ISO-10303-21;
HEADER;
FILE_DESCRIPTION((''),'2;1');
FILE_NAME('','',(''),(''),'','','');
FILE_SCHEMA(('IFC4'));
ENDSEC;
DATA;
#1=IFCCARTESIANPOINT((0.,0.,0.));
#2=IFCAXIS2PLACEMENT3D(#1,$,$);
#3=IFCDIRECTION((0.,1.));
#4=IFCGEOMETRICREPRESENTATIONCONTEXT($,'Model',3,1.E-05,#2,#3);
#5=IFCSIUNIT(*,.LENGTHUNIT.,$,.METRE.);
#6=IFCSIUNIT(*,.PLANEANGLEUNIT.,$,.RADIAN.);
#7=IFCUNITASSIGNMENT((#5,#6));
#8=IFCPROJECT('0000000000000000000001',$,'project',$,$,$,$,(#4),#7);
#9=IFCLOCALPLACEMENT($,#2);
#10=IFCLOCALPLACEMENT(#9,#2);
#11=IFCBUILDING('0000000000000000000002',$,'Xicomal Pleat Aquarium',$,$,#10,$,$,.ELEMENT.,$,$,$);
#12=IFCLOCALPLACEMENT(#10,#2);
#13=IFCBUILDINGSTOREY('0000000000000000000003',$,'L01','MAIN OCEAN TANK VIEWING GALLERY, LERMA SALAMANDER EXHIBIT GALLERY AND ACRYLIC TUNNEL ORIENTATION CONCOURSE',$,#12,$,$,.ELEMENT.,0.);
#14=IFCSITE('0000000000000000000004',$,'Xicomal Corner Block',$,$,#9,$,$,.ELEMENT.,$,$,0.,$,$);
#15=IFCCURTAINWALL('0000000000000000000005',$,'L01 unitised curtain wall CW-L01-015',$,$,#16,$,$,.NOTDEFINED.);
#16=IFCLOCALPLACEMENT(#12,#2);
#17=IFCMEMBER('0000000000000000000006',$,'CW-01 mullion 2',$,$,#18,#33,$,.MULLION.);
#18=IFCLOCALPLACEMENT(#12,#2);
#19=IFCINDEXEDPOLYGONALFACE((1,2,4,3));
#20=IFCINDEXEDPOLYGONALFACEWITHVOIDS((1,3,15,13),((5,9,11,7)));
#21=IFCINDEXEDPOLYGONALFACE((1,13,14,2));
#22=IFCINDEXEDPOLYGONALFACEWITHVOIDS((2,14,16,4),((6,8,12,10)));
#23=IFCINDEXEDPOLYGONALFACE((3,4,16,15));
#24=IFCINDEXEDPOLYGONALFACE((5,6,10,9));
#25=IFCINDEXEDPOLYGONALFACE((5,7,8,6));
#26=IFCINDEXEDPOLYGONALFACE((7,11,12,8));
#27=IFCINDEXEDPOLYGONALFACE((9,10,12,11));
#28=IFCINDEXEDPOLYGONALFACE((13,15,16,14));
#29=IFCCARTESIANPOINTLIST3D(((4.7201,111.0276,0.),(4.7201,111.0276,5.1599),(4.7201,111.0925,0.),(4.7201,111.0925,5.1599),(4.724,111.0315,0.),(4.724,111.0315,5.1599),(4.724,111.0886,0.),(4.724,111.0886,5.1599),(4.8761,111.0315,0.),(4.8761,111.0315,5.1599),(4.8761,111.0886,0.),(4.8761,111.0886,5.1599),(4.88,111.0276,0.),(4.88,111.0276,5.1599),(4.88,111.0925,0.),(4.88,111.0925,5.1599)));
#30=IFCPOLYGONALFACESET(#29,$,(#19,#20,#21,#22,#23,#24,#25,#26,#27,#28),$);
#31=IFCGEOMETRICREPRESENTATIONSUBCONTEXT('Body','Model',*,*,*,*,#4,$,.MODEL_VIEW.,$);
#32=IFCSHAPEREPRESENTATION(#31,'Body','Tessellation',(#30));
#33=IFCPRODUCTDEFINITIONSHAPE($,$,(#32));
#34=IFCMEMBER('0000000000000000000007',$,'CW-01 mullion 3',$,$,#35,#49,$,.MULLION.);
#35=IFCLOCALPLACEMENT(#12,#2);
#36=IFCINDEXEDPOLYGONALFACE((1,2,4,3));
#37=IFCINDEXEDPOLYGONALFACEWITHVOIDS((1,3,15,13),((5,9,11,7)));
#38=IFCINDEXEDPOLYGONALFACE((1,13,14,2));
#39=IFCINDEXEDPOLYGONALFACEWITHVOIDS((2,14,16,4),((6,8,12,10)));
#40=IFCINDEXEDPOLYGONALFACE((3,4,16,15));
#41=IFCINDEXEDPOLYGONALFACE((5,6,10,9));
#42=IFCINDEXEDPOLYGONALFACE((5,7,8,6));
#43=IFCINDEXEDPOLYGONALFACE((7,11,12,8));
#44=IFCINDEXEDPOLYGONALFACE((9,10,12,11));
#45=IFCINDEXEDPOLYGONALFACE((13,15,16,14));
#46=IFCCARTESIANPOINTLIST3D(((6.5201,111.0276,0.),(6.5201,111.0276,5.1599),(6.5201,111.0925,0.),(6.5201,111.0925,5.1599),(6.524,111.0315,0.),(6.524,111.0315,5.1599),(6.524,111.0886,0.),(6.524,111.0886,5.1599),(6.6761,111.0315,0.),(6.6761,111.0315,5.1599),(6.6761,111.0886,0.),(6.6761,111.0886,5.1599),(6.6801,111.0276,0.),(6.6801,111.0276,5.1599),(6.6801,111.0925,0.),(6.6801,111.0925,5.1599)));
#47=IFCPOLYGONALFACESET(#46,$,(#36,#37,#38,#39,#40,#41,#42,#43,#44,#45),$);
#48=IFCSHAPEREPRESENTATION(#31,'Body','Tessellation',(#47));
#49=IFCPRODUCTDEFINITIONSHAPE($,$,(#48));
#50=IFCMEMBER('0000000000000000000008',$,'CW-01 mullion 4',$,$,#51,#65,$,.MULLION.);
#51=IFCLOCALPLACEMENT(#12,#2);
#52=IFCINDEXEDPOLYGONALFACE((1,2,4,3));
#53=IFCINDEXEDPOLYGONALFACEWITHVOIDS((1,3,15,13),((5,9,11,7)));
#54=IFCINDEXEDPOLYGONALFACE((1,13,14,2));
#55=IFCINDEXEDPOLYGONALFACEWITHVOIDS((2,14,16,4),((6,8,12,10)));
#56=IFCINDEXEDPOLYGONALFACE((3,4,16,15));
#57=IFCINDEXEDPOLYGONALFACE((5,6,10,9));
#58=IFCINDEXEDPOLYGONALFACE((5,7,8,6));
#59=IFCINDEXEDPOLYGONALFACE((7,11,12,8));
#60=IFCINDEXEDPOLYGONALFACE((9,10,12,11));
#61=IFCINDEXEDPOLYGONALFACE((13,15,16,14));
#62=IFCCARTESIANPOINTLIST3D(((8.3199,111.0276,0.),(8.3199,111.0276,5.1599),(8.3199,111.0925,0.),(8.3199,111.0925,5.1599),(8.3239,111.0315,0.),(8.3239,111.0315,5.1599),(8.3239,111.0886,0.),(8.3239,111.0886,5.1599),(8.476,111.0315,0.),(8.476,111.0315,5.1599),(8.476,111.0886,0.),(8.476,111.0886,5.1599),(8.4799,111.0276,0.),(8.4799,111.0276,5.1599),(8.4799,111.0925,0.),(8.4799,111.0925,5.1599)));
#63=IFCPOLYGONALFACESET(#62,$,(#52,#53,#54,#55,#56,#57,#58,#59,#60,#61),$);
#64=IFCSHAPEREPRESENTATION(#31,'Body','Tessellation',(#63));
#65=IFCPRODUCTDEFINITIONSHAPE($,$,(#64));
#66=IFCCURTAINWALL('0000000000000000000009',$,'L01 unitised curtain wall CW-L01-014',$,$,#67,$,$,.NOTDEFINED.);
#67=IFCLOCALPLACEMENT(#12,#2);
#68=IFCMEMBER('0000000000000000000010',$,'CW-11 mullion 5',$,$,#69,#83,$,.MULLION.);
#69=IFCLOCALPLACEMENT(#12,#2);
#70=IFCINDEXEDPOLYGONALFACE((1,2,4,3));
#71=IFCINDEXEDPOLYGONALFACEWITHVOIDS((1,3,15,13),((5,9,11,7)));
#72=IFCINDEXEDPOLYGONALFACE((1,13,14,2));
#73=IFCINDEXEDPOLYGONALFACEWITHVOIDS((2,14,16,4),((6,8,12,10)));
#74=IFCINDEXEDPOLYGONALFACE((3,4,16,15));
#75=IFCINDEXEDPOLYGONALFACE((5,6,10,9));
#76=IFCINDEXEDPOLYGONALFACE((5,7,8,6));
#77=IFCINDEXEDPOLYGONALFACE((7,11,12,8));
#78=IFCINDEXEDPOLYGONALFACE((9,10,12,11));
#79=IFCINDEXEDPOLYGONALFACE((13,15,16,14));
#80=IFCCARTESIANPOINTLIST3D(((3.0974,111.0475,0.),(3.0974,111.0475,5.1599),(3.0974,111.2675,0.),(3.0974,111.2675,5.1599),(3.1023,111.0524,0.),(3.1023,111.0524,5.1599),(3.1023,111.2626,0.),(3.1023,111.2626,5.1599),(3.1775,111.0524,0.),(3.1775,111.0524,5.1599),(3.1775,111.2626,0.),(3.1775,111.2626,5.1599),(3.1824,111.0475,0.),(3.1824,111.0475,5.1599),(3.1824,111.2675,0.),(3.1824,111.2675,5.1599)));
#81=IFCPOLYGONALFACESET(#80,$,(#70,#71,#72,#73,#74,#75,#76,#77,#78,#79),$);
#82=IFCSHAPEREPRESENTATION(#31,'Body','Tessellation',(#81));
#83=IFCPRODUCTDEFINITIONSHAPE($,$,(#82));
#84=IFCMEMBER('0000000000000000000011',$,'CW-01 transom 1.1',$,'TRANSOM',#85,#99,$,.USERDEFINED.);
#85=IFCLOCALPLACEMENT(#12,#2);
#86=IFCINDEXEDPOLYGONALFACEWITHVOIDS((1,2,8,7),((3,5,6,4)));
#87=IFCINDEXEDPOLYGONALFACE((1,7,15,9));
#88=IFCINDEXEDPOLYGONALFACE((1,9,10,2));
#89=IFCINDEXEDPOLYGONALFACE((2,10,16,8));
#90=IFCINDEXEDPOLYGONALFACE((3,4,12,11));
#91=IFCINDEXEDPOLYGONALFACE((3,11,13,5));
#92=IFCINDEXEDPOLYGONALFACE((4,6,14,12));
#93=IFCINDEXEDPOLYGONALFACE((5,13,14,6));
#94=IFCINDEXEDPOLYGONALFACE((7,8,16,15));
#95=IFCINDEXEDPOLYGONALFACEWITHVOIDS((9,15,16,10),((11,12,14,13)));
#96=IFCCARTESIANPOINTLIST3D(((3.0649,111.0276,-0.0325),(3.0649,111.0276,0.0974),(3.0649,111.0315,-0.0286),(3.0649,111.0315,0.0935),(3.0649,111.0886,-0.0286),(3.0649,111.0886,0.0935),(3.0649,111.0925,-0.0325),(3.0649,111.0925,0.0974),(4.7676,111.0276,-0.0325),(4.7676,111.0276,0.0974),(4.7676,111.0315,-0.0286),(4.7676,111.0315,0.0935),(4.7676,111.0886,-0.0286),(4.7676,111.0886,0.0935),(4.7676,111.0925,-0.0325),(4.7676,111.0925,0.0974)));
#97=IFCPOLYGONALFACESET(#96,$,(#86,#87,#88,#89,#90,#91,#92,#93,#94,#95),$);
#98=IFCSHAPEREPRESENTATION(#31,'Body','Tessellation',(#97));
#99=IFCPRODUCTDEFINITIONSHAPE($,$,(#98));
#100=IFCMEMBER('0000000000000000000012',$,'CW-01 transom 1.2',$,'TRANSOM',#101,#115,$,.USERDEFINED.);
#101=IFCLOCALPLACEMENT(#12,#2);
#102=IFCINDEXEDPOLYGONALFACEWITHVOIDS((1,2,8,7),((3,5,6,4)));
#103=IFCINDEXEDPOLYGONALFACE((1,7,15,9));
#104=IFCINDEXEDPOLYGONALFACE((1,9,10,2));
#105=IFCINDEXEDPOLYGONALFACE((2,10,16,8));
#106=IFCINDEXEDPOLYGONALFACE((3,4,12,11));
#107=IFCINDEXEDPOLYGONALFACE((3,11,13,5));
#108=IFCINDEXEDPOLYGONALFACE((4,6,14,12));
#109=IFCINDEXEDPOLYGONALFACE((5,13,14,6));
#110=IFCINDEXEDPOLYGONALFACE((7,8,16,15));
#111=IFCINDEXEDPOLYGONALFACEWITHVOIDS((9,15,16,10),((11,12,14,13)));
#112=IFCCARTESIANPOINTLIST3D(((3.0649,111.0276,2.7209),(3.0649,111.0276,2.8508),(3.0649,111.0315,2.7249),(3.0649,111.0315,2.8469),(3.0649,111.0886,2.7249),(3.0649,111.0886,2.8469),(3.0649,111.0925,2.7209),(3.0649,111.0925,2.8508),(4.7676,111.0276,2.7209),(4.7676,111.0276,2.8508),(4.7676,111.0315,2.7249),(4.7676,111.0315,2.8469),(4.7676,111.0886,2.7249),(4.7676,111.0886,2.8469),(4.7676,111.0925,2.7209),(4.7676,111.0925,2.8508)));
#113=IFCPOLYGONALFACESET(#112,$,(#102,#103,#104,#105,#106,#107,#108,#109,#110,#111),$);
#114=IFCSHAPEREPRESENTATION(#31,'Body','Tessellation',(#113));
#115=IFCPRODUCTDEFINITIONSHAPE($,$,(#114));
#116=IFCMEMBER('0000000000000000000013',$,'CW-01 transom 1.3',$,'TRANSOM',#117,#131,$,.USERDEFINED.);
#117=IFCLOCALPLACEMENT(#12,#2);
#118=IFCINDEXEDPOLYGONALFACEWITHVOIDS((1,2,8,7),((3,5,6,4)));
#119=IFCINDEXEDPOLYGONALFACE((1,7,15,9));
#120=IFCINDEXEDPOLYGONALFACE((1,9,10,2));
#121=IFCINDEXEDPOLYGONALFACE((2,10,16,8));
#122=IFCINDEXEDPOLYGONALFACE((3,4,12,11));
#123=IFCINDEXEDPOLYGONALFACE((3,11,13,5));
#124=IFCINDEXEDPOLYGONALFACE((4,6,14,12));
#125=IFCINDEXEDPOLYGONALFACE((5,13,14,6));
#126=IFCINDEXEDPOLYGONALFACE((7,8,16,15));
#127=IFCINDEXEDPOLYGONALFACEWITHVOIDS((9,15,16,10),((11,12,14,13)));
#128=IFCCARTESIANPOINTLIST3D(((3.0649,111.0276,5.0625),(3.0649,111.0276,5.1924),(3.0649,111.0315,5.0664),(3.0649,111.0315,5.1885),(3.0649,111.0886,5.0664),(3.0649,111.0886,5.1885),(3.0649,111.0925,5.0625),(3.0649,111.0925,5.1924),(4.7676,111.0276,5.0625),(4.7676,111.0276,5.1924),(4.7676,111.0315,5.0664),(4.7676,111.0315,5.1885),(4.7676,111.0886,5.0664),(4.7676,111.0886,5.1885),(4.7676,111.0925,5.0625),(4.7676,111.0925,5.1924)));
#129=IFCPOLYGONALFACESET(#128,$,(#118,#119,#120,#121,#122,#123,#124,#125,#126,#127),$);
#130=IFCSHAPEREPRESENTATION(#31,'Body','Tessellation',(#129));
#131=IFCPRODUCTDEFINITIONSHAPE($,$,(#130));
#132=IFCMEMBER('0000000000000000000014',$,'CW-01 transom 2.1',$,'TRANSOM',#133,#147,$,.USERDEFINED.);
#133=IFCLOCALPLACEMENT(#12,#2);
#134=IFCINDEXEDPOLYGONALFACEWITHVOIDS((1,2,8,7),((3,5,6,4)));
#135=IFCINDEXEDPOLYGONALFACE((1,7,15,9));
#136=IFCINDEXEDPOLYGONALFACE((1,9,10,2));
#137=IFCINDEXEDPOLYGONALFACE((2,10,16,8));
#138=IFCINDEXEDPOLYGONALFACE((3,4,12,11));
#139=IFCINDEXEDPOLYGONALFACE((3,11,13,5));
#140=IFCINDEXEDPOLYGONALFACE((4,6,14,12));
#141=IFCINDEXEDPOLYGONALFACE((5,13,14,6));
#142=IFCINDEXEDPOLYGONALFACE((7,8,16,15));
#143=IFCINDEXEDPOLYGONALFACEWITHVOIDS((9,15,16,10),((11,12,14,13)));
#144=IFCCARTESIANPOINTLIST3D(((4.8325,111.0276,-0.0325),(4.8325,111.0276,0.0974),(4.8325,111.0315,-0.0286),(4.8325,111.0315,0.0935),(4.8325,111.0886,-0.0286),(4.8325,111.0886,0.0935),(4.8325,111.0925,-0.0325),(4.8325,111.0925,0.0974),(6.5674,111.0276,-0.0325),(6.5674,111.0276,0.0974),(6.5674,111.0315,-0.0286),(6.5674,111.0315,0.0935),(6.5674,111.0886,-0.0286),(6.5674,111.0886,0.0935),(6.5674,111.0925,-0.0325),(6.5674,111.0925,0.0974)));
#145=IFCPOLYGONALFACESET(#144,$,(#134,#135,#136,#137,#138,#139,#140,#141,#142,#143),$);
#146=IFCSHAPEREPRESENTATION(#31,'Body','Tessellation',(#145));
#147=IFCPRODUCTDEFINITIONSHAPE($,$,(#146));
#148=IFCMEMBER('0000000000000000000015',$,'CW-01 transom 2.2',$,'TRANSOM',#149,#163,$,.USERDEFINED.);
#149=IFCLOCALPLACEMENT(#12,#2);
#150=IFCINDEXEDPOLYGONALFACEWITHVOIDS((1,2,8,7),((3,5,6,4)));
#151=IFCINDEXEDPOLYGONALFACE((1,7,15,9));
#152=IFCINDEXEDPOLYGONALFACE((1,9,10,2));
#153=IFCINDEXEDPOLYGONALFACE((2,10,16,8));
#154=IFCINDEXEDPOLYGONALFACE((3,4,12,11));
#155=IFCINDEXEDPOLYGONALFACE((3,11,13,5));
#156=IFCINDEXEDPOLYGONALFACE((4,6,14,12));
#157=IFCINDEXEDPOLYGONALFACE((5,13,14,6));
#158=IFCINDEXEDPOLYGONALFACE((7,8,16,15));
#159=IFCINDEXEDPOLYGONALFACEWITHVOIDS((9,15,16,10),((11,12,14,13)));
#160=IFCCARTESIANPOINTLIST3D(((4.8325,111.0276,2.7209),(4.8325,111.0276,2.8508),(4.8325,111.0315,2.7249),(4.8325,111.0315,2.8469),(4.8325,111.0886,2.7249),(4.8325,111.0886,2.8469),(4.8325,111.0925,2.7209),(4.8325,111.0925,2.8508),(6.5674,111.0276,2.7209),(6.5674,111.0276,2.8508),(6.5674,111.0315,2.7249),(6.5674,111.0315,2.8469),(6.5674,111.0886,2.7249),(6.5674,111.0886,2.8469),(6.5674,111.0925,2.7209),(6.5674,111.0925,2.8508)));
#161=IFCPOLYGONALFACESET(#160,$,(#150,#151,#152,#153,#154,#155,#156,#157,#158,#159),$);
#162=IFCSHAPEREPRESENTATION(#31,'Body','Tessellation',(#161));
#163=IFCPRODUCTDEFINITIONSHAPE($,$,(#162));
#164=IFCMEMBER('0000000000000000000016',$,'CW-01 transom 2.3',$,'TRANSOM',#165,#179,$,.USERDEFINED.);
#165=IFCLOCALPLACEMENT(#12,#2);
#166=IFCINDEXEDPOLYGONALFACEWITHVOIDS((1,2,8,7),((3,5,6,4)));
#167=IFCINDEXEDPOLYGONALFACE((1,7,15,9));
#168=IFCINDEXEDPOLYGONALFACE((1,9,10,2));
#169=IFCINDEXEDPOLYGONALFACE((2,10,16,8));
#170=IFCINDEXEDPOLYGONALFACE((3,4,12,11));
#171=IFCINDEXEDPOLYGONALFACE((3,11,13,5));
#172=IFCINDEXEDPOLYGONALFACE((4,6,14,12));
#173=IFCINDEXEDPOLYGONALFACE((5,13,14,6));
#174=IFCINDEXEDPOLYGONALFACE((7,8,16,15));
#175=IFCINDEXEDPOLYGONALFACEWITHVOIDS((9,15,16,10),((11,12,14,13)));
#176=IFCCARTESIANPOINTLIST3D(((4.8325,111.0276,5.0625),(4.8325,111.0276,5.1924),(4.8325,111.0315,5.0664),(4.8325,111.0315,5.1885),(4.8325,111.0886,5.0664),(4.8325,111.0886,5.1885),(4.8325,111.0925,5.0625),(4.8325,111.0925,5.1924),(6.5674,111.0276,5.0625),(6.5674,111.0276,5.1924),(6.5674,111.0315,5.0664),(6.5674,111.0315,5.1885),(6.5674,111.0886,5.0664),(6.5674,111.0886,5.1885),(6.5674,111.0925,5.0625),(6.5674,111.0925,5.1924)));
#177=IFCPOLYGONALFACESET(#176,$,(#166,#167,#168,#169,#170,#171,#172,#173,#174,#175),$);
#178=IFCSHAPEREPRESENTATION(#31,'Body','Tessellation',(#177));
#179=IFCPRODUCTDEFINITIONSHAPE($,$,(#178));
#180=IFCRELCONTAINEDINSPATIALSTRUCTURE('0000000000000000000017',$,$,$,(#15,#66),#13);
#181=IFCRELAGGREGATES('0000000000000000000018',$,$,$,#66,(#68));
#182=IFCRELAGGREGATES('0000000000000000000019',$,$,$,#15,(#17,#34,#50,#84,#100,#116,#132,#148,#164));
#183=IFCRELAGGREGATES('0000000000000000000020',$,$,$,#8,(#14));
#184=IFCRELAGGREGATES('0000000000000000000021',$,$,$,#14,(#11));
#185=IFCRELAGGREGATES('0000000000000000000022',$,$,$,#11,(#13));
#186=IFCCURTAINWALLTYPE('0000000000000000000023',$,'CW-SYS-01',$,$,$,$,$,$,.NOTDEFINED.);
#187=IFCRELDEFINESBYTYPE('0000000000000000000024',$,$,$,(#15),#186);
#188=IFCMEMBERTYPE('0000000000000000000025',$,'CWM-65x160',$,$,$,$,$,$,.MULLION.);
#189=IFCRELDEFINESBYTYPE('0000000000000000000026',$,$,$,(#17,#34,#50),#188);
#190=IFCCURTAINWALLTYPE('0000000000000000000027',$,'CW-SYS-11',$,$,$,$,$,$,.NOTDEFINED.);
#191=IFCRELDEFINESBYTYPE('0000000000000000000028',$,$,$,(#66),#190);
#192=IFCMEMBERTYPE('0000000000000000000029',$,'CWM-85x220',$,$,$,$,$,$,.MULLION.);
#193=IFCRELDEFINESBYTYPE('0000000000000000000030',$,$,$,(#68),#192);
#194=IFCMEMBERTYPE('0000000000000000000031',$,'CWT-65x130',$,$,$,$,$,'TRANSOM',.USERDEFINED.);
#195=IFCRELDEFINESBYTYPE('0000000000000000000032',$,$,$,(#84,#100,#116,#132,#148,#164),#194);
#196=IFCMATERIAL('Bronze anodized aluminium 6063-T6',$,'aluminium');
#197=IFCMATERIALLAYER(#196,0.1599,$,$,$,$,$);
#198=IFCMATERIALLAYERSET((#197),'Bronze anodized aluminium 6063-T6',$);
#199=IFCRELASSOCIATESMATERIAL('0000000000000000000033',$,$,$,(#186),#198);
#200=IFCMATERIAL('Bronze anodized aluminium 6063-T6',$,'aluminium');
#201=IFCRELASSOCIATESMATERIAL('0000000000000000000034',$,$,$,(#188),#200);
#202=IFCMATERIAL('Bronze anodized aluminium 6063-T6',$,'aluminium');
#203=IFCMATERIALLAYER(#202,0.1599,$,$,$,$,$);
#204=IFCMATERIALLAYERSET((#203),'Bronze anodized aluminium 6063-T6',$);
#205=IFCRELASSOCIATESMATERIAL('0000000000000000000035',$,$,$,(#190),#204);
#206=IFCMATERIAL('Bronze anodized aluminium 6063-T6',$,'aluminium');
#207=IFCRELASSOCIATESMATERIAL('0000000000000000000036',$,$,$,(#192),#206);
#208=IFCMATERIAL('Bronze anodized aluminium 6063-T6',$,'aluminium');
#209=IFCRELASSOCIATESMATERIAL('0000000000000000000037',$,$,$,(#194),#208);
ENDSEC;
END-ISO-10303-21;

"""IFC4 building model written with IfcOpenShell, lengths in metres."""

from ifc_helpers import new_model, si_unit, direction, frame, origin, origin_2d, place, context, subcontext, project, spatial, hollow_rectangle, extrude, material, layer, layer_set, material_profile, profile_set, type_object, element, aggregate, save


model = new_model("IFC4")

# Units and contexts
model_context = context("Model", 3, precision=1e-05, world=origin(), true_north=direction((0.0, 1.0)))
body_context = subcontext(model_context, "Body", "Model", "MODEL_VIEW")
ifc_project = project(units=[si_unit("LENGTHUNIT", "METRE"), si_unit("PLANEANGLEUNIT", "RADIAN")], contexts=[model_context])

# Site, building, storey
site_placement = place(None, origin())
site = spatial("IfcSite", under=ifc_project, at=site_placement, Name="Xicomal Corner Block", CompositionType="ELEMENT", RefElevation=0.0)
building_placement = place(site_placement, origin())
building = spatial("IfcBuilding", under=site, at=building_placement, Name="Xicomal Pleat Aquarium", CompositionType="ELEMENT")
storey_placement = place(building_placement, origin())
storey = spatial("IfcBuildingStorey", under=building, at=storey_placement, Name="L01", Description="MAIN OCEAN TANK VIEWING GALLERY, LERMA SALAMANDER EXHIBIT GALLERY AND ACRYLIC TUNNEL ORIENTATION CONCOURSE", CompositionType="ELEMENT", Elevation=0.0)

# Curtain wall, members
ifc_material_1 = material(Name="Bronze anodized aluminium 6063-T6", Category="aluminium")
ifc_layer_1 = layer(ifc_material_1, 0.1599)
ifc_layer_set_1 = layer_set([ifc_layer_1], Name="Bronze anodized aluminium 6063-T6")
curtain_wall_type_1 = type_object("IfcCurtainWallType", Name="CW-SYS-01", PredefinedType="NOTDEFINED", material=ifc_layer_set_1)
curtain_wall_1_placement = place(storey_placement, origin())
curtain_wall_1 = element("IfcCurtainWall", 1, at=curtain_wall_1_placement, inside=storey, type_object=curtain_wall_type_1, Name="L01 unitised curtain wall CW-L01-015", PredefinedType="NOTDEFINED")
ifc_material_2 = material(Name="Bronze anodized aluminium 6063-T6", Category="aluminium")
ifc_material_profile_1 = material_profile(ifc_material_2, hollow_rectangle(XDim=0.0649, YDim=0.1599, WallThickness=0.0039, at=origin_2d()), Name="ALU MULL 65x160")
ifc_profile_set_1 = profile_set([ifc_material_profile_1], Name="Bronze anodized aluminium 6063-T6")
member_type_1 = type_object("IfcMemberType", Name="CWM-65x160", PredefinedType="MULLION", material=ifc_profile_set_1)
member_1_placement = place(storey_placement, frame((4.8, 111.0601, 0.0), z_axis=(0.0, 0.0, 1.0), x_axis=(0.0, 1.0, 0.0)))
member_1 = element("IfcMember", 2, at=member_1_placement, type_object=member_type_1, Name="CW-01 mullion 2", PredefinedType="MULLION", context=body_context, shape_type="SweptSolid", body=[
    extrude(hollow_rectangle(XDim=0.0649, YDim=0.1599, WallThickness=0.0039, at=origin_2d()), origin(), (0.0, 0.0, 1.0), 5.1599),
])
member_2_placement = place(storey_placement, frame((6.6001, 111.0601, 0.0), z_axis=(0.0, 0.0, 1.0), x_axis=(0.0, 1.0, 0.0)))
member_2 = element("IfcMember", 3, at=member_2_placement, type_object=member_type_1, Name="CW-01 mullion 3", PredefinedType="MULLION", context=body_context, shape_type="SweptSolid", body=[
    extrude(hollow_rectangle(XDim=0.0649, YDim=0.1599, WallThickness=0.0039, at=origin_2d()), origin(), (0.0, 0.0, 1.0), 5.1599),
])
member_3_placement = place(storey_placement, frame((8.3999, 111.0601, 0.0), z_axis=(0.0, 0.0, 1.0), x_axis=(0.0, 1.0, 0.0)))
member_3 = element("IfcMember", 4, at=member_3_placement, type_object=member_type_1, Name="CW-01 mullion 4", PredefinedType="MULLION", context=body_context, shape_type="SweptSolid", body=[
    extrude(hollow_rectangle(XDim=0.0649, YDim=0.1599, WallThickness=0.0039, at=origin_2d()), origin(), (0.0, 0.0, 1.0), 5.1599),
])

# Curtain wall, member
ifc_material_3 = material(Name="Bronze anodized aluminium 6063-T6", Category="aluminium")
ifc_layer_2 = layer(ifc_material_3, 0.1599)
ifc_layer_set_2 = layer_set([ifc_layer_2], Name="Bronze anodized aluminium 6063-T6")
curtain_wall_type_2 = type_object("IfcCurtainWallType", Name="CW-SYS-11", PredefinedType="NOTDEFINED", material=ifc_layer_set_2)
curtain_wall_2_placement = place(storey_placement, origin())
curtain_wall_2 = element("IfcCurtainWall", 5, at=curtain_wall_2_placement, inside=storey, type_object=curtain_wall_type_2, Name="L01 unitised curtain wall CW-L01-014", PredefinedType="NOTDEFINED")
ifc_material_4 = material(Name="Bronze anodized aluminium 6063-T6", Category="aluminium")
ifc_material_profile_2 = material_profile(ifc_material_4, hollow_rectangle(XDim=0.085, YDim=0.22, WallThickness=0.0049, at=origin_2d()), Name="ALU MULL 85x220")
ifc_profile_set_2 = profile_set([ifc_material_profile_2], Name="Bronze anodized aluminium 6063-T6")
member_type_2 = type_object("IfcMemberType", Name="CWM-85x220", PredefinedType="MULLION", material=ifc_profile_set_2)
member_4_placement = place(storey_placement, frame((3.1399, 111.1575, 0.0), z_axis=(0.0, 0.0, 1.0), x_axis=(-1.0, 0.0, 0.0)))
member_4 = element("IfcMember", 6, at=member_4_placement, type_object=member_type_2, Name="CW-11 mullion 5", PredefinedType="MULLION", context=body_context, shape_type="SweptSolid", body=[
    extrude(hollow_rectangle(XDim=0.085, YDim=0.22, WallThickness=0.0049, at=origin_2d()), origin(), (0.0, 0.0, 1.0), 5.1599),
])

# Members
ifc_material_5 = material(Name="Bronze anodized aluminium 6063-T6", Category="aluminium")
ifc_material_profile_3 = material_profile(ifc_material_5, hollow_rectangle(XDim=0.0649, YDim=0.1299, WallThickness=0.0039, at=origin_2d()), Name="ALU TRAN 65x130")
ifc_profile_set_3 = profile_set([ifc_material_profile_3], Name="Bronze anodized aluminium 6063-T6")
member_type_3 = type_object("IfcMemberType", Name="CWT-65x130", ElementType="TRANSOM", PredefinedType="USERDEFINED", material=ifc_profile_set_3)
member_5_placement = place(storey_placement, frame((3.0649, 111.0601, 0.0325), z_axis=(1.0, 0.0, 0.0), x_axis=(0.0, 1.0, 0.0)))
member_5 = element("IfcMember", 7, at=member_5_placement, type_object=member_type_3, Name="CW-01 transom 1.1", ObjectType="TRANSOM", PredefinedType="USERDEFINED", context=body_context, shape_type="SweptSolid", body=[
    extrude(hollow_rectangle(XDim=0.0649, YDim=0.1299, WallThickness=0.0039, at=origin_2d()), origin(), (0.0, 0.0, 1.0), 1.7026),
])
member_6_placement = place(storey_placement, frame((3.0649, 111.0601, 2.7859), z_axis=(1.0, 0.0, 0.0), x_axis=(0.0, 1.0, 0.0)))
member_6 = element("IfcMember", 8, at=member_6_placement, type_object=member_type_3, Name="CW-01 transom 1.2", ObjectType="TRANSOM", PredefinedType="USERDEFINED", context=body_context, shape_type="SweptSolid", body=[
    extrude(hollow_rectangle(XDim=0.0649, YDim=0.1299, WallThickness=0.0039, at=origin_2d()), origin(), (0.0, 0.0, 1.0), 1.7026),
])
member_7_placement = place(storey_placement, frame((3.0649, 111.0601, 5.1274), z_axis=(1.0, 0.0, 0.0), x_axis=(0.0, 1.0, 0.0)))
member_7 = element("IfcMember", 9, at=member_7_placement, type_object=member_type_3, Name="CW-01 transom 1.3", ObjectType="TRANSOM", PredefinedType="USERDEFINED", context=body_context, shape_type="SweptSolid", body=[
    extrude(hollow_rectangle(XDim=0.0649, YDim=0.1299, WallThickness=0.0039, at=origin_2d()), origin(), (0.0, 0.0, 1.0), 1.7026),
])
member_8_placement = place(storey_placement, frame((4.8325, 111.0601, 0.0325), z_axis=(1.0, 0.0, 0.0), x_axis=(0.0, 1.0, 0.0)))
member_8 = element("IfcMember", 10, at=member_8_placement, type_object=member_type_3, Name="CW-01 transom 2.1", ObjectType="TRANSOM", PredefinedType="USERDEFINED", context=body_context, shape_type="SweptSolid", body=[
    extrude(hollow_rectangle(XDim=0.0649, YDim=0.1299, WallThickness=0.0039, at=origin_2d()), origin(), (0.0, 0.0, 1.0), 1.7349),
])
member_9_placement = place(storey_placement, frame((4.8325, 111.0601, 2.7859), z_axis=(1.0, 0.0, 0.0), x_axis=(0.0, 1.0, 0.0)))
member_9 = element("IfcMember", 11, at=member_9_placement, type_object=member_type_3, Name="CW-01 transom 2.2", ObjectType="TRANSOM", PredefinedType="USERDEFINED", context=body_context, shape_type="SweptSolid", body=[
    extrude(hollow_rectangle(XDim=0.0649, YDim=0.1299, WallThickness=0.0039, at=origin_2d()), origin(), (0.0, 0.0, 1.0), 1.7349),
])
member_10_placement = place(storey_placement, frame((4.8325, 111.0601, 5.1274), z_axis=(1.0, 0.0, 0.0), x_axis=(0.0, 1.0, 0.0)))
member_10 = element("IfcMember", 12, at=member_10_placement, type_object=member_type_3, Name="CW-01 transom 2.3", ObjectType="TRANSOM", PredefinedType="USERDEFINED", context=body_context, shape_type="SweptSolid", body=[
    extrude(hollow_rectangle(XDim=0.0649, YDim=0.1299, WallThickness=0.0039, at=origin_2d()), origin(), (0.0, 0.0, 1.0), 1.7349),
])

aggregate(curtain_wall_2, [member_4])
aggregate(curtain_wall_1, [member_1, member_2, member_3, member_5, member_6, member_7, member_8, member_9, member_10])

save(model, "model.ifc")
